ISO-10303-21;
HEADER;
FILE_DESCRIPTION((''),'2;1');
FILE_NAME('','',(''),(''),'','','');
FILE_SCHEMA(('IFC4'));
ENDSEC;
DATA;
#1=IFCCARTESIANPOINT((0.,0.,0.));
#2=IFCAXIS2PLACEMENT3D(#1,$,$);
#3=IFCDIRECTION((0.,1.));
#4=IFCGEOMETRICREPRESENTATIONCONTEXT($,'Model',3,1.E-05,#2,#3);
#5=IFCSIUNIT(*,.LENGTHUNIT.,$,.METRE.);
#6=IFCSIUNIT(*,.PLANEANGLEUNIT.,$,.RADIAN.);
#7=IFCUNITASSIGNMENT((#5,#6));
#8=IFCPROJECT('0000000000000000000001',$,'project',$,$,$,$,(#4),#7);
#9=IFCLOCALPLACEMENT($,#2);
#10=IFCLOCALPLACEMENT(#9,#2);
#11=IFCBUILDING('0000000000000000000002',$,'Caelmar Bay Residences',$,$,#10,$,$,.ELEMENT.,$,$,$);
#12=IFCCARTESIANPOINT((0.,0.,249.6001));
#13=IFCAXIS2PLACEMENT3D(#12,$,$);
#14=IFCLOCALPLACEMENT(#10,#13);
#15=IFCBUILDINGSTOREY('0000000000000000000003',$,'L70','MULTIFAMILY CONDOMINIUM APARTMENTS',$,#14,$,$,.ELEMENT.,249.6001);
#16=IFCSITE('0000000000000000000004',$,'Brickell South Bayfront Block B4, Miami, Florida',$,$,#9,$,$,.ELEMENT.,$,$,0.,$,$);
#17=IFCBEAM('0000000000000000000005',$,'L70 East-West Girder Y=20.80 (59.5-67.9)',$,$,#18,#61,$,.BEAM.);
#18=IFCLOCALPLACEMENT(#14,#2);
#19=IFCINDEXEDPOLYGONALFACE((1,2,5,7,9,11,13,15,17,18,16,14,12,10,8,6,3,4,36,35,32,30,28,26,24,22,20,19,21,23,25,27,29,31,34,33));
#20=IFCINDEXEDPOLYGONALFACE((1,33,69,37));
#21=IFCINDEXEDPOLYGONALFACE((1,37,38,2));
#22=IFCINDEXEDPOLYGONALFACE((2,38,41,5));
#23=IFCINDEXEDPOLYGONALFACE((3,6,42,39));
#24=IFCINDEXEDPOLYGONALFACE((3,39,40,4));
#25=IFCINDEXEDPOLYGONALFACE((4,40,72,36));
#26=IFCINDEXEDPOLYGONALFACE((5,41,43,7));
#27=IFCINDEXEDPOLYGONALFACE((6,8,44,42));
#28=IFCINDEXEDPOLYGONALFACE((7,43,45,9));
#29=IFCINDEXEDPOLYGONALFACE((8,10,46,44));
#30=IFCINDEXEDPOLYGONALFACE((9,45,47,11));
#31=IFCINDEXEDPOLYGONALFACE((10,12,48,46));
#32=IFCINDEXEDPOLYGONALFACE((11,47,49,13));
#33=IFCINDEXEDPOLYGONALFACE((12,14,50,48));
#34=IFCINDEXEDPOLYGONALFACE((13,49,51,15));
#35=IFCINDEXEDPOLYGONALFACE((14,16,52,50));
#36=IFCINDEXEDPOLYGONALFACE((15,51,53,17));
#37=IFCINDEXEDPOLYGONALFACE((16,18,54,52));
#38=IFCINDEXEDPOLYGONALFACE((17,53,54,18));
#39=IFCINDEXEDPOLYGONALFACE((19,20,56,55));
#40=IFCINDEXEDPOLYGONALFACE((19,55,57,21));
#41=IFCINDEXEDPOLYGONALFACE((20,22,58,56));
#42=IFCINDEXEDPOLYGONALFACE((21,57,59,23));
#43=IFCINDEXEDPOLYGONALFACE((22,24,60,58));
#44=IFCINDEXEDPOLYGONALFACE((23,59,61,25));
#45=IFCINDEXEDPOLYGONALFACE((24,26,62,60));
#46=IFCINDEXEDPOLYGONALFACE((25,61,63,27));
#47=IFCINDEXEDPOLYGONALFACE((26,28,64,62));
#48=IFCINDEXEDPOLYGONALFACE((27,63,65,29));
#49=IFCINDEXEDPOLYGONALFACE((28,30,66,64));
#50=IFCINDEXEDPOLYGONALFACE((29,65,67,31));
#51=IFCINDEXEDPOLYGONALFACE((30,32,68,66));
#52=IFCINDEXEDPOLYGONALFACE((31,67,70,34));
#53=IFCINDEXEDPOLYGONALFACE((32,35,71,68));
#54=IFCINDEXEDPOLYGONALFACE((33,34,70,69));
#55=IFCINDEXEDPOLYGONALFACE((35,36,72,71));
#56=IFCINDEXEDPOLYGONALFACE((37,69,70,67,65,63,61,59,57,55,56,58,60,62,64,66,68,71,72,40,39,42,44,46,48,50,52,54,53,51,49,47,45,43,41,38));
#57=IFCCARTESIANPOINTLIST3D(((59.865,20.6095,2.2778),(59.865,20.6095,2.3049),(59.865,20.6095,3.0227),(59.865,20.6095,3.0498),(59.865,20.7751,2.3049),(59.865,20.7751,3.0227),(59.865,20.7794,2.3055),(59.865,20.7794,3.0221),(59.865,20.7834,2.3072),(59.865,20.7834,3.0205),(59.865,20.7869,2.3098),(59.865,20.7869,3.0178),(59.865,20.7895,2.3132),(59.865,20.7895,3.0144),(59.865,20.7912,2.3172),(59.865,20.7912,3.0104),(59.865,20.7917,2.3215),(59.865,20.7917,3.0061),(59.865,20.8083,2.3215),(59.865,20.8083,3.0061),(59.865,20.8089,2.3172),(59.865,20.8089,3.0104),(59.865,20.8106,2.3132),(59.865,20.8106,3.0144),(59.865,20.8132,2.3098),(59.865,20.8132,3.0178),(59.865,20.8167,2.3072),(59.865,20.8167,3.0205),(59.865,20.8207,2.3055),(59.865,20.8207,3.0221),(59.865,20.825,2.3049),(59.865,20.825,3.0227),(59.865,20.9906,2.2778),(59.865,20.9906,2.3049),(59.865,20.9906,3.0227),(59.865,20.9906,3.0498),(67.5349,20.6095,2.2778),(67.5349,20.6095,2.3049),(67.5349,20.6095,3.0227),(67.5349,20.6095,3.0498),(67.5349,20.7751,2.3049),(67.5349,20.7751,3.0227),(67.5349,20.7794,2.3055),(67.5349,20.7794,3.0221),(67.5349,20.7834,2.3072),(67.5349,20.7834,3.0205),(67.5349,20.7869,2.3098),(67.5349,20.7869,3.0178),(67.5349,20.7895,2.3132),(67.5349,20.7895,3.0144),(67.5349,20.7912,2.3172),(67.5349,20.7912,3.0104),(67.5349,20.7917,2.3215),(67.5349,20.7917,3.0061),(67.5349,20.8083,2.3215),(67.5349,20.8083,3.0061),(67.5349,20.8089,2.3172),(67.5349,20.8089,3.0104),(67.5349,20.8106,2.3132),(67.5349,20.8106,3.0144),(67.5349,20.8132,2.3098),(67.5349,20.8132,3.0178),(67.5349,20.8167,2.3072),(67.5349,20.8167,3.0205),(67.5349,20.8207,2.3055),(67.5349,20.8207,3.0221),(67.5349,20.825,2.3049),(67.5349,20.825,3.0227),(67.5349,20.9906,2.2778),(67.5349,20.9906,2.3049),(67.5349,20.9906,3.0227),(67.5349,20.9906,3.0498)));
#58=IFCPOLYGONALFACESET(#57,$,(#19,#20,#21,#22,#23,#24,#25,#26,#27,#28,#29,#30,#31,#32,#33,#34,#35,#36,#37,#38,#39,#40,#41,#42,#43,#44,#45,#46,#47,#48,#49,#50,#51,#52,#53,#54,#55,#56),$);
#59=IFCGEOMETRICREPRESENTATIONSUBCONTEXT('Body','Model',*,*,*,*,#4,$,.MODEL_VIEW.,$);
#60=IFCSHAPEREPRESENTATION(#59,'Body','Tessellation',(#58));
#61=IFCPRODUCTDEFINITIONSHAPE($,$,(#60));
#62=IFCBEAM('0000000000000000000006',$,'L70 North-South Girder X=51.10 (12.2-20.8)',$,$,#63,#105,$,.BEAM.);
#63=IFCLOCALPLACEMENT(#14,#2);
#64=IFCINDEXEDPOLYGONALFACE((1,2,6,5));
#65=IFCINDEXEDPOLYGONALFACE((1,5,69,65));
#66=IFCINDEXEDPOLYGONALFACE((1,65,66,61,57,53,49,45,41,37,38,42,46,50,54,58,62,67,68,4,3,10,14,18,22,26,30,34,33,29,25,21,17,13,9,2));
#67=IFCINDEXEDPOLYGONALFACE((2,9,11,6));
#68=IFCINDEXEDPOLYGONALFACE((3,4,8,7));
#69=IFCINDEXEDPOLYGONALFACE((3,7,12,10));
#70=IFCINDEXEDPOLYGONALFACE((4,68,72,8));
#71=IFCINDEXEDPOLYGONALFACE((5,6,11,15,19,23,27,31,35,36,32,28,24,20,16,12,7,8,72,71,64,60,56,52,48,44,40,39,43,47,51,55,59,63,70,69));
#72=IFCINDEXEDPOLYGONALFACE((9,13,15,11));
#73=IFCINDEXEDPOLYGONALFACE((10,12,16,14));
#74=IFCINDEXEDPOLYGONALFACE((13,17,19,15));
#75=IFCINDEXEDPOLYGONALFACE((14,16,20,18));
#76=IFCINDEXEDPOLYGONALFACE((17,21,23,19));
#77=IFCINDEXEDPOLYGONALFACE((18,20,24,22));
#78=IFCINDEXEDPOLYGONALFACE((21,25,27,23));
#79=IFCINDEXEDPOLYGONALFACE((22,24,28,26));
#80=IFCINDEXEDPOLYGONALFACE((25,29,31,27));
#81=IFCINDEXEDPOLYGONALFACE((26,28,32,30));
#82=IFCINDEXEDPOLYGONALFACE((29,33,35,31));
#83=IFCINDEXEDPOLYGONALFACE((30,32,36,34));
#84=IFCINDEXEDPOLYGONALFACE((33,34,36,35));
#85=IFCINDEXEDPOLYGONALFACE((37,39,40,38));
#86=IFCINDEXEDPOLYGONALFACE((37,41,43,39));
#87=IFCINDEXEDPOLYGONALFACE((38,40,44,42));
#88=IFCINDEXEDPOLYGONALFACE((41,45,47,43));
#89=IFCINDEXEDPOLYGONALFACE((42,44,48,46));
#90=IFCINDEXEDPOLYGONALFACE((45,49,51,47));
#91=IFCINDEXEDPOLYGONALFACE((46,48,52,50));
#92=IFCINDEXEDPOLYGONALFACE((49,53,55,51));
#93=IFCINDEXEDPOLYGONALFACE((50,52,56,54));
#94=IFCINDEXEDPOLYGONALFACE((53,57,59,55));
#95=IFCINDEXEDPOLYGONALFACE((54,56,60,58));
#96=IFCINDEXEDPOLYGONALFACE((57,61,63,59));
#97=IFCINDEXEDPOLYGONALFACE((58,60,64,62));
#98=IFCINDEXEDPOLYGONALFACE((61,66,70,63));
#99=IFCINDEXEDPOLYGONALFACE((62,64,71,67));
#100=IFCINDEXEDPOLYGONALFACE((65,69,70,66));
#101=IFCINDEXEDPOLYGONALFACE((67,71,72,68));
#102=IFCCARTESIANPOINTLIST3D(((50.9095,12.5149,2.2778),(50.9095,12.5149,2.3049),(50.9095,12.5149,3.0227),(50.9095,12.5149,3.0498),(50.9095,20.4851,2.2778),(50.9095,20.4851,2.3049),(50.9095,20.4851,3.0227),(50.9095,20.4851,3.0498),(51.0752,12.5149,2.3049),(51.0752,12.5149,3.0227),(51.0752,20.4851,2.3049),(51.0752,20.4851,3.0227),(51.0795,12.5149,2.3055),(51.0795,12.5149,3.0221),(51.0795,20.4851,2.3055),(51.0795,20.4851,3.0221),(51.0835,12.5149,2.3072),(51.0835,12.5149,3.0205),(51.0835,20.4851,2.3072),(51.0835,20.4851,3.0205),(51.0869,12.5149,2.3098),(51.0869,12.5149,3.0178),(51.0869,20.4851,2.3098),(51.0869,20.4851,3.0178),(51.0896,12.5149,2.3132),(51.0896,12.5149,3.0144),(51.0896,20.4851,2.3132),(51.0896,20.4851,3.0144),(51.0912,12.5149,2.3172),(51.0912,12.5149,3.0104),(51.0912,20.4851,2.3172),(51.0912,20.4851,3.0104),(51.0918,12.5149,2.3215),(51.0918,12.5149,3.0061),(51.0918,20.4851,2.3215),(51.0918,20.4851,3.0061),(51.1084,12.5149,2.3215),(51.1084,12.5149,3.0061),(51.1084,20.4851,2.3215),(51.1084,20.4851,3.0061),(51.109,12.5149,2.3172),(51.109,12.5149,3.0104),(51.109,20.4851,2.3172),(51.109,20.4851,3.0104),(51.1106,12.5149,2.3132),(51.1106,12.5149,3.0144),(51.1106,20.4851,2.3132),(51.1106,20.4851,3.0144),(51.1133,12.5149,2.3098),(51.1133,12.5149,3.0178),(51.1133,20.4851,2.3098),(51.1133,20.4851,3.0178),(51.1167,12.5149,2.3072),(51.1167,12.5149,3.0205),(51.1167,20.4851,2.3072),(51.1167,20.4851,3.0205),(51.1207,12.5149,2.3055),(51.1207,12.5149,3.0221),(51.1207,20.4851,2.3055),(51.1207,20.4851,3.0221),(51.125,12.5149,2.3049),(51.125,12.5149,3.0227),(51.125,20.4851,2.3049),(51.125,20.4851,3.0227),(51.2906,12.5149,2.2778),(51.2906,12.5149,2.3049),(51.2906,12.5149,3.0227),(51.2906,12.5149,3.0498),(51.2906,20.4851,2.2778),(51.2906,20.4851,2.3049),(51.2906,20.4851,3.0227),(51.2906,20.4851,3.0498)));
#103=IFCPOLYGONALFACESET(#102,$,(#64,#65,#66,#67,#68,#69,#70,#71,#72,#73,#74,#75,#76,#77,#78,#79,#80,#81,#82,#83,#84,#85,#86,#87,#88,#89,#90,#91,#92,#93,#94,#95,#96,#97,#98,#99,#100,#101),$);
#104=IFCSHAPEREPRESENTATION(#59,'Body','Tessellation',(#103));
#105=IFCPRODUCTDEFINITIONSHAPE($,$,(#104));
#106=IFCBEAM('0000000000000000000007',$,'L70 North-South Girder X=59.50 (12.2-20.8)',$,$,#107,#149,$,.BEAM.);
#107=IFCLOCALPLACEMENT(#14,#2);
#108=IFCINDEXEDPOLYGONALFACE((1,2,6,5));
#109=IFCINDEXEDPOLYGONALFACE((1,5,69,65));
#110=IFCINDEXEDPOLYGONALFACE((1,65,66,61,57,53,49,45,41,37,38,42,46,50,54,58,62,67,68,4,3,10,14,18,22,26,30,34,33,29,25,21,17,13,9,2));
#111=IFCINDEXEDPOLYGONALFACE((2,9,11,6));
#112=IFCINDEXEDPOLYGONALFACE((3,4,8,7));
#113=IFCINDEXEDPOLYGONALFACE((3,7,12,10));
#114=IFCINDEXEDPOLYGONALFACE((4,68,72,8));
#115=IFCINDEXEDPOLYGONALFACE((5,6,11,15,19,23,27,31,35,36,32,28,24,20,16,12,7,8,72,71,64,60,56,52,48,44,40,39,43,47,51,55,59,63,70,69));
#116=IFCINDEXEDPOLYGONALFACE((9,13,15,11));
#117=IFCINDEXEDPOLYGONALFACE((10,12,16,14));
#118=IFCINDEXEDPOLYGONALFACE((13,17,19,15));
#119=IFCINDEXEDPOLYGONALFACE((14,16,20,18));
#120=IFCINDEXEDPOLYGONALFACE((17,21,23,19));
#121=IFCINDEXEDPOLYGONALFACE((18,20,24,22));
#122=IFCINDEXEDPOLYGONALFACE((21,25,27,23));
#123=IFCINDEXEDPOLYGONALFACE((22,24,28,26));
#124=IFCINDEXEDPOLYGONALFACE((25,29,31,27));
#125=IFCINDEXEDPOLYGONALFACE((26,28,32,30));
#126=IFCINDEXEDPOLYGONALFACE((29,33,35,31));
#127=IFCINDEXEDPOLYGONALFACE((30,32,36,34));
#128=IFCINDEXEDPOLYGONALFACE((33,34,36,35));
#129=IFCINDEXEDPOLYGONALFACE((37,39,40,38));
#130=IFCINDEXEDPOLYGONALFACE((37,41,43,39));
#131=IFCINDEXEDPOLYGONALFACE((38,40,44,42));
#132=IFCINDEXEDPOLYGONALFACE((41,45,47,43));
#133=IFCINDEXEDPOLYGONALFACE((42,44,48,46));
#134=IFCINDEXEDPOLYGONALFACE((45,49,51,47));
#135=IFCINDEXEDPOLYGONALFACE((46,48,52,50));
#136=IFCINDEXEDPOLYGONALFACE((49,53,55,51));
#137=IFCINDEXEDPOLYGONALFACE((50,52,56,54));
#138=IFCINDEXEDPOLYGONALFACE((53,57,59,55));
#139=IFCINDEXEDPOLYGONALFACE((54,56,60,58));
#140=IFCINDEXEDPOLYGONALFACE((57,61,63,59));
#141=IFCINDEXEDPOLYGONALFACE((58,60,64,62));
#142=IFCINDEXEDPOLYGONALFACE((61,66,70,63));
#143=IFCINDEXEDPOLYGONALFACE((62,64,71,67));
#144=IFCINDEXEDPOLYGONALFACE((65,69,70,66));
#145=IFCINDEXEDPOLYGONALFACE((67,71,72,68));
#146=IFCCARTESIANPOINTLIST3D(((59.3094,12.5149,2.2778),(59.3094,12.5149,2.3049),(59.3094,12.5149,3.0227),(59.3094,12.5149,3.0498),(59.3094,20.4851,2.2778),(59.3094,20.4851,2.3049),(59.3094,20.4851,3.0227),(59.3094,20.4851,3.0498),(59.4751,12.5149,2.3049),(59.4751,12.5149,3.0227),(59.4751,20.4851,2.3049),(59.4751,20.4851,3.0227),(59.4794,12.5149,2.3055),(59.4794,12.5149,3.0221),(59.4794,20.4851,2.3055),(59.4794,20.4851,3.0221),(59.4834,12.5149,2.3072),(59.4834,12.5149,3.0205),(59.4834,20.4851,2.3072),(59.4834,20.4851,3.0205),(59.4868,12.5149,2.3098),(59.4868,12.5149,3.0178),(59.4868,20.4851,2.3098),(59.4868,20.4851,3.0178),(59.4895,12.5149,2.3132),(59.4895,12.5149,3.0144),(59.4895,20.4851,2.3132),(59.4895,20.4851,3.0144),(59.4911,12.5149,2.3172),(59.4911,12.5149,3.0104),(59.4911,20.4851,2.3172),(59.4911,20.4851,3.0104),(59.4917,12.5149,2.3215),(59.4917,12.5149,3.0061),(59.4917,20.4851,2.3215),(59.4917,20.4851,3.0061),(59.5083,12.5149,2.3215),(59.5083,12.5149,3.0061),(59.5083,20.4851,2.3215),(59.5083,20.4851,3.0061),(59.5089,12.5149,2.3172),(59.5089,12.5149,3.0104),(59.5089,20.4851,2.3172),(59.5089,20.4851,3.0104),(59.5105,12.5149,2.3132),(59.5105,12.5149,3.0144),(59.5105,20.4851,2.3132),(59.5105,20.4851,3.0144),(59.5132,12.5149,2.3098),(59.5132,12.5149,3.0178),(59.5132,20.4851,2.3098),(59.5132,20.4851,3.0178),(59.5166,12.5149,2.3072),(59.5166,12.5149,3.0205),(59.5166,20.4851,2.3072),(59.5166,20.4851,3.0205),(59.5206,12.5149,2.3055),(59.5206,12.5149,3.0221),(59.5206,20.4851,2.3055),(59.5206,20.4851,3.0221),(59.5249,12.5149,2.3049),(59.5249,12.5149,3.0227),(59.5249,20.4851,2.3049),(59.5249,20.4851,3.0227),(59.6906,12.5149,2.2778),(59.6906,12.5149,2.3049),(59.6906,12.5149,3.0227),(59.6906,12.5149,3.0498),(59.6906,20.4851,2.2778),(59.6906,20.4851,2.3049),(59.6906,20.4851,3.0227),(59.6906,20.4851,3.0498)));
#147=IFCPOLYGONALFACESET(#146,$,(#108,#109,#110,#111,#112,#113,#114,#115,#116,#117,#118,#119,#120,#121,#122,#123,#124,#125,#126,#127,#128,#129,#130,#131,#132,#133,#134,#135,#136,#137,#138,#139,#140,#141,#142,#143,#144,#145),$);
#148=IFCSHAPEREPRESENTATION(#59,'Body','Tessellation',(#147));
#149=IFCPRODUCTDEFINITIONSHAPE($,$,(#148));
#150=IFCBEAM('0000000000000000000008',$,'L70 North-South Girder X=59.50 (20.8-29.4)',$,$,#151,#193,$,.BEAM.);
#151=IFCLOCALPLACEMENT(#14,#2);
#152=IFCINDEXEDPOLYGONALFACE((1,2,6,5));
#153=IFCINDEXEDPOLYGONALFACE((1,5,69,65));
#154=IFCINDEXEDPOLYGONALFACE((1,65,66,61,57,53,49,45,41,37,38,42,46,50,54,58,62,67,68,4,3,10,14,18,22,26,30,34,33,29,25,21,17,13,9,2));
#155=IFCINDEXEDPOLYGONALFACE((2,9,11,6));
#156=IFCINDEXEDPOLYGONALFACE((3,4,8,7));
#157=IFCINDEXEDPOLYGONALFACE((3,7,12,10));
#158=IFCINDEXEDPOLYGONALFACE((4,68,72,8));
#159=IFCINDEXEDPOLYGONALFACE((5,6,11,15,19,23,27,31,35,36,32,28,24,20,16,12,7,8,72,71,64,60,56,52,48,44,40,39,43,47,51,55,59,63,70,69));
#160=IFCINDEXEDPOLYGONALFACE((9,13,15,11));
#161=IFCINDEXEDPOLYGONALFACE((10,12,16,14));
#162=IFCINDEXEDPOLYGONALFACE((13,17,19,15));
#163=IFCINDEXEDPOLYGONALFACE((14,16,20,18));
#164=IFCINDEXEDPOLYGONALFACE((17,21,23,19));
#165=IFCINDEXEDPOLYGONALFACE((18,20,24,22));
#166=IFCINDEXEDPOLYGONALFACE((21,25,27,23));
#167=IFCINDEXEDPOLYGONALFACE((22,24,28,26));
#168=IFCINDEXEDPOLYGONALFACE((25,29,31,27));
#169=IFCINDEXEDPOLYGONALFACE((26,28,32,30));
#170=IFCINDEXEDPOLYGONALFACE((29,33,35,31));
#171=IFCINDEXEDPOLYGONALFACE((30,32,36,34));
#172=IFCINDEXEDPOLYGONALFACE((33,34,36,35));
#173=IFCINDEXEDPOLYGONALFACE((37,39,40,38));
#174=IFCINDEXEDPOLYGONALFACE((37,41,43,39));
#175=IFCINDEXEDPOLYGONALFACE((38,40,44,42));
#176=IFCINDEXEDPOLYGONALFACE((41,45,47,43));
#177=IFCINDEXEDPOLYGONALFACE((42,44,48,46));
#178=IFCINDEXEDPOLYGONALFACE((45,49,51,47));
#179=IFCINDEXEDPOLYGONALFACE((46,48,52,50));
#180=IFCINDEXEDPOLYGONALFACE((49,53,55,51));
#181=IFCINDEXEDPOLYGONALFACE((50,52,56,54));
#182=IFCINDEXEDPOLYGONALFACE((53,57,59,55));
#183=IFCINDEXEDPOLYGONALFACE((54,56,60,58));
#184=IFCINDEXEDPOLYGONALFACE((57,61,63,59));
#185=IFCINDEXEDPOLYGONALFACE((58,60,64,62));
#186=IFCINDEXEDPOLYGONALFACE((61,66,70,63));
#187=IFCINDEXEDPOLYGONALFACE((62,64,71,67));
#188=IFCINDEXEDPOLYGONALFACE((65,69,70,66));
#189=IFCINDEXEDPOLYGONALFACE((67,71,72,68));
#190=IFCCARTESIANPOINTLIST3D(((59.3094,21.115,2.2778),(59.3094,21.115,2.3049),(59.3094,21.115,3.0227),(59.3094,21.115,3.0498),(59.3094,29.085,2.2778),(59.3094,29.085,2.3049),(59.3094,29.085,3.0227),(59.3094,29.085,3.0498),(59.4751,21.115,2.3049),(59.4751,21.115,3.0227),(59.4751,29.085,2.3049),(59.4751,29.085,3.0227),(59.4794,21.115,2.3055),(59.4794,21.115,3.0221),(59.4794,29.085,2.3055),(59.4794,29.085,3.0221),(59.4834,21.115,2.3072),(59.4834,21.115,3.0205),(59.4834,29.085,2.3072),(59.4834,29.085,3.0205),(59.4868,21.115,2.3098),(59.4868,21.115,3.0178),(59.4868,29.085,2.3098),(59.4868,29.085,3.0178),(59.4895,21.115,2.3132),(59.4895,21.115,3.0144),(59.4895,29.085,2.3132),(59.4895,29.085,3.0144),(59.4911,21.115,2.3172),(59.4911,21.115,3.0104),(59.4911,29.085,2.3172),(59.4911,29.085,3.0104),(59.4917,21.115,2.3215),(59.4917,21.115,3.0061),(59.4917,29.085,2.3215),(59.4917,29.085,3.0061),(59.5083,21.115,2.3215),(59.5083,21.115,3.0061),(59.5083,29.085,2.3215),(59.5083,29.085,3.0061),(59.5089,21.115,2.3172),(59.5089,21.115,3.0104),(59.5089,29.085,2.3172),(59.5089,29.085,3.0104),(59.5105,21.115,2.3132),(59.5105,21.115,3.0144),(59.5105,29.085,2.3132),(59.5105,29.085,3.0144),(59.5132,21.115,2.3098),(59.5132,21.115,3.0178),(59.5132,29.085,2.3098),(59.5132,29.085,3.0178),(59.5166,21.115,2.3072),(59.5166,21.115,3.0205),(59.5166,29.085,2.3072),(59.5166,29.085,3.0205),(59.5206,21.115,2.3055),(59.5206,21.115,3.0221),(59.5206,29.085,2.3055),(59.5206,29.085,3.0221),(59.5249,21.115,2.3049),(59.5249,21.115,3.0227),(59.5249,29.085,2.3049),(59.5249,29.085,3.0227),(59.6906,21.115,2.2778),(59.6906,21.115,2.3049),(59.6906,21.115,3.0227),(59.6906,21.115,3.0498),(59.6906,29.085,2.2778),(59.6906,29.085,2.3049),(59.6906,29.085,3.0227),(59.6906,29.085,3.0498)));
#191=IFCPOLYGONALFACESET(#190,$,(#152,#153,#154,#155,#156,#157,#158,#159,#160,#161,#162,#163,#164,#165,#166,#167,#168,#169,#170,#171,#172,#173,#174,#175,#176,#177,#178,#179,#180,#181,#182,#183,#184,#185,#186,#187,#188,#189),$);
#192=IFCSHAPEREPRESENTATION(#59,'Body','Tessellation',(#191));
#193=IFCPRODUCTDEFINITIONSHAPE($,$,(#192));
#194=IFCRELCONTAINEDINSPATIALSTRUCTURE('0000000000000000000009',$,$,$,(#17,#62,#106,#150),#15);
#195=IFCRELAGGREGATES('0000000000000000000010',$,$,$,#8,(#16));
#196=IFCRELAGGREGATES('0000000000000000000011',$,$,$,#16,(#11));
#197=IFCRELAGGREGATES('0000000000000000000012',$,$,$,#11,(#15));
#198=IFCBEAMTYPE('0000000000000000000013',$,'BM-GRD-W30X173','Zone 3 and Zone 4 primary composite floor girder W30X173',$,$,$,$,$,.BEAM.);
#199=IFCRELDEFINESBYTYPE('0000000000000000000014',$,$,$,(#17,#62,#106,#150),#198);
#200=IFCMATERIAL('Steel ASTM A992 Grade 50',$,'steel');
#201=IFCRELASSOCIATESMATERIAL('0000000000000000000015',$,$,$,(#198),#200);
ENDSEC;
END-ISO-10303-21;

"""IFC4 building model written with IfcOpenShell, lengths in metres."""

from ifc_helpers import new_model, si_unit, direction, frame, origin, origin_2d, place, context, subcontext, project, spatial, i_section, extrude, material, material_profile, profile_set, type_object, element, save


model = new_model("IFC4")

# Units and contexts
model_context = context("Model", 3, precision=1e-05, world=origin(), true_north=direction((0.0, 1.0)))
body_context = subcontext(model_context, "Body", "Model", "MODEL_VIEW")
ifc_project = project(units=[si_unit("LENGTHUNIT", "METRE"), si_unit("PLANEANGLEUNIT", "RADIAN")], contexts=[model_context])

# Site, building, storey
site_placement = place(None, origin())
site = spatial("IfcSite", under=ifc_project, at=site_placement, Name="Brickell South Bayfront Block B4, Miami, Florida", CompositionType="ELEMENT", RefElevation=0.0)
building_placement = place(site_placement, origin())
building = spatial("IfcBuilding", under=site, at=building_placement, Name="Caelmar Bay Residences", CompositionType="ELEMENT")
storey_placement = place(building_placement, frame((0.0, 0.0, 249.6001)))
storey = spatial("IfcBuildingStorey", under=building, at=storey_placement, Name="L70", Description="MULTIFAMILY CONDOMINIUM APARTMENTS", CompositionType="ELEMENT", Elevation=249.6001)

# Beams
ifc_material_1 = material(Name="Steel ASTM A992 Grade 50", Category="steel")
ifc_material_profile_1 = material_profile(ifc_material_1, i_section(OverallWidth=0.3811, OverallDepth=0.772, WebThickness=0.0166, FlangeThickness=0.0271, FilletRadius=0.0166, at=origin_2d()), Name="W30X173")
ifc_profile_set_1 = profile_set([ifc_material_profile_1], Name="Steel ASTM A992 Grade 50")
beam_type_1 = type_object("IfcBeamType", Name="BM-GRD-W30X173", Description="Zone 3 and Zone 4 primary composite floor girder W30X173", PredefinedType="BEAM", material=ifc_profile_set_1)
for number, where, z_axis, x_axis, name in (
    (1, (59.865, 20.8, 2.6638), (1.0, 0.0, 0.0), (0.0, 1.0, 0.0), "L70 East-West Girder Y=20.80 (59.5-67.9)"),
):
    element("IfcBeam", number, at=place(storey_placement, frame(where, z_axis=z_axis, x_axis=x_axis)), inside=storey, type_object=beam_type_1, Name=name, PredefinedType="BEAM", context=body_context, shape_type="SweptSolid", body=[
        extrude(i_section(OverallWidth=0.3811, OverallDepth=0.772, WebThickness=0.0166, FlangeThickness=0.0271, FilletRadius=0.0166, at=origin_2d()), origin(), (0.0, 0.0, 1.0), 7.6699),
    ])
for number, where, z_axis, x_axis, name in (
    (2, (51.1001, 12.5149, 2.6638), (0.0, 1.0, 0.0), (-1.0, 0.0, 0.0), "L70 North-South Girder X=51.10 (12.2-20.8)"),
    (3, (59.5, 12.5149, 2.6638), (0.0, 1.0, 0.0), (-1.0, 0.0, 0.0), "L70 North-South Girder X=59.50 (12.2-20.8)"),
):
    element("IfcBeam", number, at=place(storey_placement, frame(where, z_axis=z_axis, x_axis=x_axis)), inside=storey, type_object=beam_type_1, Name=name, PredefinedType="BEAM", context=body_context, shape_type="SweptSolid", body=[
        extrude(i_section(OverallWidth=0.3811, OverallDepth=0.772, WebThickness=0.0166, FlangeThickness=0.0271, FilletRadius=0.0166, at=origin_2d()), origin(), (0.0, 0.0, 1.0), 7.9702),
    ])
beam_1_placement = place(storey_placement, frame((59.5, 21.115, 2.6638), z_axis=(0.0, 1.0, 0.0), x_axis=(-1.0, 0.0, 0.0)))
element("IfcBeam", 4, at=beam_1_placement, inside=storey, type_object=beam_type_1, Name="L70 North-South Girder X=59.50 (20.8-29.4)", PredefinedType="BEAM", context=body_context, shape_type="SweptSolid", body=[
    extrude(i_section(OverallWidth=0.3811, OverallDepth=0.772, WebThickness=0.0166, FlangeThickness=0.0271, FilletRadius=0.0166, at=origin_2d()), origin(), (0.0, 0.0, 1.0), 7.97),
])

save(model, "model.ifc")
